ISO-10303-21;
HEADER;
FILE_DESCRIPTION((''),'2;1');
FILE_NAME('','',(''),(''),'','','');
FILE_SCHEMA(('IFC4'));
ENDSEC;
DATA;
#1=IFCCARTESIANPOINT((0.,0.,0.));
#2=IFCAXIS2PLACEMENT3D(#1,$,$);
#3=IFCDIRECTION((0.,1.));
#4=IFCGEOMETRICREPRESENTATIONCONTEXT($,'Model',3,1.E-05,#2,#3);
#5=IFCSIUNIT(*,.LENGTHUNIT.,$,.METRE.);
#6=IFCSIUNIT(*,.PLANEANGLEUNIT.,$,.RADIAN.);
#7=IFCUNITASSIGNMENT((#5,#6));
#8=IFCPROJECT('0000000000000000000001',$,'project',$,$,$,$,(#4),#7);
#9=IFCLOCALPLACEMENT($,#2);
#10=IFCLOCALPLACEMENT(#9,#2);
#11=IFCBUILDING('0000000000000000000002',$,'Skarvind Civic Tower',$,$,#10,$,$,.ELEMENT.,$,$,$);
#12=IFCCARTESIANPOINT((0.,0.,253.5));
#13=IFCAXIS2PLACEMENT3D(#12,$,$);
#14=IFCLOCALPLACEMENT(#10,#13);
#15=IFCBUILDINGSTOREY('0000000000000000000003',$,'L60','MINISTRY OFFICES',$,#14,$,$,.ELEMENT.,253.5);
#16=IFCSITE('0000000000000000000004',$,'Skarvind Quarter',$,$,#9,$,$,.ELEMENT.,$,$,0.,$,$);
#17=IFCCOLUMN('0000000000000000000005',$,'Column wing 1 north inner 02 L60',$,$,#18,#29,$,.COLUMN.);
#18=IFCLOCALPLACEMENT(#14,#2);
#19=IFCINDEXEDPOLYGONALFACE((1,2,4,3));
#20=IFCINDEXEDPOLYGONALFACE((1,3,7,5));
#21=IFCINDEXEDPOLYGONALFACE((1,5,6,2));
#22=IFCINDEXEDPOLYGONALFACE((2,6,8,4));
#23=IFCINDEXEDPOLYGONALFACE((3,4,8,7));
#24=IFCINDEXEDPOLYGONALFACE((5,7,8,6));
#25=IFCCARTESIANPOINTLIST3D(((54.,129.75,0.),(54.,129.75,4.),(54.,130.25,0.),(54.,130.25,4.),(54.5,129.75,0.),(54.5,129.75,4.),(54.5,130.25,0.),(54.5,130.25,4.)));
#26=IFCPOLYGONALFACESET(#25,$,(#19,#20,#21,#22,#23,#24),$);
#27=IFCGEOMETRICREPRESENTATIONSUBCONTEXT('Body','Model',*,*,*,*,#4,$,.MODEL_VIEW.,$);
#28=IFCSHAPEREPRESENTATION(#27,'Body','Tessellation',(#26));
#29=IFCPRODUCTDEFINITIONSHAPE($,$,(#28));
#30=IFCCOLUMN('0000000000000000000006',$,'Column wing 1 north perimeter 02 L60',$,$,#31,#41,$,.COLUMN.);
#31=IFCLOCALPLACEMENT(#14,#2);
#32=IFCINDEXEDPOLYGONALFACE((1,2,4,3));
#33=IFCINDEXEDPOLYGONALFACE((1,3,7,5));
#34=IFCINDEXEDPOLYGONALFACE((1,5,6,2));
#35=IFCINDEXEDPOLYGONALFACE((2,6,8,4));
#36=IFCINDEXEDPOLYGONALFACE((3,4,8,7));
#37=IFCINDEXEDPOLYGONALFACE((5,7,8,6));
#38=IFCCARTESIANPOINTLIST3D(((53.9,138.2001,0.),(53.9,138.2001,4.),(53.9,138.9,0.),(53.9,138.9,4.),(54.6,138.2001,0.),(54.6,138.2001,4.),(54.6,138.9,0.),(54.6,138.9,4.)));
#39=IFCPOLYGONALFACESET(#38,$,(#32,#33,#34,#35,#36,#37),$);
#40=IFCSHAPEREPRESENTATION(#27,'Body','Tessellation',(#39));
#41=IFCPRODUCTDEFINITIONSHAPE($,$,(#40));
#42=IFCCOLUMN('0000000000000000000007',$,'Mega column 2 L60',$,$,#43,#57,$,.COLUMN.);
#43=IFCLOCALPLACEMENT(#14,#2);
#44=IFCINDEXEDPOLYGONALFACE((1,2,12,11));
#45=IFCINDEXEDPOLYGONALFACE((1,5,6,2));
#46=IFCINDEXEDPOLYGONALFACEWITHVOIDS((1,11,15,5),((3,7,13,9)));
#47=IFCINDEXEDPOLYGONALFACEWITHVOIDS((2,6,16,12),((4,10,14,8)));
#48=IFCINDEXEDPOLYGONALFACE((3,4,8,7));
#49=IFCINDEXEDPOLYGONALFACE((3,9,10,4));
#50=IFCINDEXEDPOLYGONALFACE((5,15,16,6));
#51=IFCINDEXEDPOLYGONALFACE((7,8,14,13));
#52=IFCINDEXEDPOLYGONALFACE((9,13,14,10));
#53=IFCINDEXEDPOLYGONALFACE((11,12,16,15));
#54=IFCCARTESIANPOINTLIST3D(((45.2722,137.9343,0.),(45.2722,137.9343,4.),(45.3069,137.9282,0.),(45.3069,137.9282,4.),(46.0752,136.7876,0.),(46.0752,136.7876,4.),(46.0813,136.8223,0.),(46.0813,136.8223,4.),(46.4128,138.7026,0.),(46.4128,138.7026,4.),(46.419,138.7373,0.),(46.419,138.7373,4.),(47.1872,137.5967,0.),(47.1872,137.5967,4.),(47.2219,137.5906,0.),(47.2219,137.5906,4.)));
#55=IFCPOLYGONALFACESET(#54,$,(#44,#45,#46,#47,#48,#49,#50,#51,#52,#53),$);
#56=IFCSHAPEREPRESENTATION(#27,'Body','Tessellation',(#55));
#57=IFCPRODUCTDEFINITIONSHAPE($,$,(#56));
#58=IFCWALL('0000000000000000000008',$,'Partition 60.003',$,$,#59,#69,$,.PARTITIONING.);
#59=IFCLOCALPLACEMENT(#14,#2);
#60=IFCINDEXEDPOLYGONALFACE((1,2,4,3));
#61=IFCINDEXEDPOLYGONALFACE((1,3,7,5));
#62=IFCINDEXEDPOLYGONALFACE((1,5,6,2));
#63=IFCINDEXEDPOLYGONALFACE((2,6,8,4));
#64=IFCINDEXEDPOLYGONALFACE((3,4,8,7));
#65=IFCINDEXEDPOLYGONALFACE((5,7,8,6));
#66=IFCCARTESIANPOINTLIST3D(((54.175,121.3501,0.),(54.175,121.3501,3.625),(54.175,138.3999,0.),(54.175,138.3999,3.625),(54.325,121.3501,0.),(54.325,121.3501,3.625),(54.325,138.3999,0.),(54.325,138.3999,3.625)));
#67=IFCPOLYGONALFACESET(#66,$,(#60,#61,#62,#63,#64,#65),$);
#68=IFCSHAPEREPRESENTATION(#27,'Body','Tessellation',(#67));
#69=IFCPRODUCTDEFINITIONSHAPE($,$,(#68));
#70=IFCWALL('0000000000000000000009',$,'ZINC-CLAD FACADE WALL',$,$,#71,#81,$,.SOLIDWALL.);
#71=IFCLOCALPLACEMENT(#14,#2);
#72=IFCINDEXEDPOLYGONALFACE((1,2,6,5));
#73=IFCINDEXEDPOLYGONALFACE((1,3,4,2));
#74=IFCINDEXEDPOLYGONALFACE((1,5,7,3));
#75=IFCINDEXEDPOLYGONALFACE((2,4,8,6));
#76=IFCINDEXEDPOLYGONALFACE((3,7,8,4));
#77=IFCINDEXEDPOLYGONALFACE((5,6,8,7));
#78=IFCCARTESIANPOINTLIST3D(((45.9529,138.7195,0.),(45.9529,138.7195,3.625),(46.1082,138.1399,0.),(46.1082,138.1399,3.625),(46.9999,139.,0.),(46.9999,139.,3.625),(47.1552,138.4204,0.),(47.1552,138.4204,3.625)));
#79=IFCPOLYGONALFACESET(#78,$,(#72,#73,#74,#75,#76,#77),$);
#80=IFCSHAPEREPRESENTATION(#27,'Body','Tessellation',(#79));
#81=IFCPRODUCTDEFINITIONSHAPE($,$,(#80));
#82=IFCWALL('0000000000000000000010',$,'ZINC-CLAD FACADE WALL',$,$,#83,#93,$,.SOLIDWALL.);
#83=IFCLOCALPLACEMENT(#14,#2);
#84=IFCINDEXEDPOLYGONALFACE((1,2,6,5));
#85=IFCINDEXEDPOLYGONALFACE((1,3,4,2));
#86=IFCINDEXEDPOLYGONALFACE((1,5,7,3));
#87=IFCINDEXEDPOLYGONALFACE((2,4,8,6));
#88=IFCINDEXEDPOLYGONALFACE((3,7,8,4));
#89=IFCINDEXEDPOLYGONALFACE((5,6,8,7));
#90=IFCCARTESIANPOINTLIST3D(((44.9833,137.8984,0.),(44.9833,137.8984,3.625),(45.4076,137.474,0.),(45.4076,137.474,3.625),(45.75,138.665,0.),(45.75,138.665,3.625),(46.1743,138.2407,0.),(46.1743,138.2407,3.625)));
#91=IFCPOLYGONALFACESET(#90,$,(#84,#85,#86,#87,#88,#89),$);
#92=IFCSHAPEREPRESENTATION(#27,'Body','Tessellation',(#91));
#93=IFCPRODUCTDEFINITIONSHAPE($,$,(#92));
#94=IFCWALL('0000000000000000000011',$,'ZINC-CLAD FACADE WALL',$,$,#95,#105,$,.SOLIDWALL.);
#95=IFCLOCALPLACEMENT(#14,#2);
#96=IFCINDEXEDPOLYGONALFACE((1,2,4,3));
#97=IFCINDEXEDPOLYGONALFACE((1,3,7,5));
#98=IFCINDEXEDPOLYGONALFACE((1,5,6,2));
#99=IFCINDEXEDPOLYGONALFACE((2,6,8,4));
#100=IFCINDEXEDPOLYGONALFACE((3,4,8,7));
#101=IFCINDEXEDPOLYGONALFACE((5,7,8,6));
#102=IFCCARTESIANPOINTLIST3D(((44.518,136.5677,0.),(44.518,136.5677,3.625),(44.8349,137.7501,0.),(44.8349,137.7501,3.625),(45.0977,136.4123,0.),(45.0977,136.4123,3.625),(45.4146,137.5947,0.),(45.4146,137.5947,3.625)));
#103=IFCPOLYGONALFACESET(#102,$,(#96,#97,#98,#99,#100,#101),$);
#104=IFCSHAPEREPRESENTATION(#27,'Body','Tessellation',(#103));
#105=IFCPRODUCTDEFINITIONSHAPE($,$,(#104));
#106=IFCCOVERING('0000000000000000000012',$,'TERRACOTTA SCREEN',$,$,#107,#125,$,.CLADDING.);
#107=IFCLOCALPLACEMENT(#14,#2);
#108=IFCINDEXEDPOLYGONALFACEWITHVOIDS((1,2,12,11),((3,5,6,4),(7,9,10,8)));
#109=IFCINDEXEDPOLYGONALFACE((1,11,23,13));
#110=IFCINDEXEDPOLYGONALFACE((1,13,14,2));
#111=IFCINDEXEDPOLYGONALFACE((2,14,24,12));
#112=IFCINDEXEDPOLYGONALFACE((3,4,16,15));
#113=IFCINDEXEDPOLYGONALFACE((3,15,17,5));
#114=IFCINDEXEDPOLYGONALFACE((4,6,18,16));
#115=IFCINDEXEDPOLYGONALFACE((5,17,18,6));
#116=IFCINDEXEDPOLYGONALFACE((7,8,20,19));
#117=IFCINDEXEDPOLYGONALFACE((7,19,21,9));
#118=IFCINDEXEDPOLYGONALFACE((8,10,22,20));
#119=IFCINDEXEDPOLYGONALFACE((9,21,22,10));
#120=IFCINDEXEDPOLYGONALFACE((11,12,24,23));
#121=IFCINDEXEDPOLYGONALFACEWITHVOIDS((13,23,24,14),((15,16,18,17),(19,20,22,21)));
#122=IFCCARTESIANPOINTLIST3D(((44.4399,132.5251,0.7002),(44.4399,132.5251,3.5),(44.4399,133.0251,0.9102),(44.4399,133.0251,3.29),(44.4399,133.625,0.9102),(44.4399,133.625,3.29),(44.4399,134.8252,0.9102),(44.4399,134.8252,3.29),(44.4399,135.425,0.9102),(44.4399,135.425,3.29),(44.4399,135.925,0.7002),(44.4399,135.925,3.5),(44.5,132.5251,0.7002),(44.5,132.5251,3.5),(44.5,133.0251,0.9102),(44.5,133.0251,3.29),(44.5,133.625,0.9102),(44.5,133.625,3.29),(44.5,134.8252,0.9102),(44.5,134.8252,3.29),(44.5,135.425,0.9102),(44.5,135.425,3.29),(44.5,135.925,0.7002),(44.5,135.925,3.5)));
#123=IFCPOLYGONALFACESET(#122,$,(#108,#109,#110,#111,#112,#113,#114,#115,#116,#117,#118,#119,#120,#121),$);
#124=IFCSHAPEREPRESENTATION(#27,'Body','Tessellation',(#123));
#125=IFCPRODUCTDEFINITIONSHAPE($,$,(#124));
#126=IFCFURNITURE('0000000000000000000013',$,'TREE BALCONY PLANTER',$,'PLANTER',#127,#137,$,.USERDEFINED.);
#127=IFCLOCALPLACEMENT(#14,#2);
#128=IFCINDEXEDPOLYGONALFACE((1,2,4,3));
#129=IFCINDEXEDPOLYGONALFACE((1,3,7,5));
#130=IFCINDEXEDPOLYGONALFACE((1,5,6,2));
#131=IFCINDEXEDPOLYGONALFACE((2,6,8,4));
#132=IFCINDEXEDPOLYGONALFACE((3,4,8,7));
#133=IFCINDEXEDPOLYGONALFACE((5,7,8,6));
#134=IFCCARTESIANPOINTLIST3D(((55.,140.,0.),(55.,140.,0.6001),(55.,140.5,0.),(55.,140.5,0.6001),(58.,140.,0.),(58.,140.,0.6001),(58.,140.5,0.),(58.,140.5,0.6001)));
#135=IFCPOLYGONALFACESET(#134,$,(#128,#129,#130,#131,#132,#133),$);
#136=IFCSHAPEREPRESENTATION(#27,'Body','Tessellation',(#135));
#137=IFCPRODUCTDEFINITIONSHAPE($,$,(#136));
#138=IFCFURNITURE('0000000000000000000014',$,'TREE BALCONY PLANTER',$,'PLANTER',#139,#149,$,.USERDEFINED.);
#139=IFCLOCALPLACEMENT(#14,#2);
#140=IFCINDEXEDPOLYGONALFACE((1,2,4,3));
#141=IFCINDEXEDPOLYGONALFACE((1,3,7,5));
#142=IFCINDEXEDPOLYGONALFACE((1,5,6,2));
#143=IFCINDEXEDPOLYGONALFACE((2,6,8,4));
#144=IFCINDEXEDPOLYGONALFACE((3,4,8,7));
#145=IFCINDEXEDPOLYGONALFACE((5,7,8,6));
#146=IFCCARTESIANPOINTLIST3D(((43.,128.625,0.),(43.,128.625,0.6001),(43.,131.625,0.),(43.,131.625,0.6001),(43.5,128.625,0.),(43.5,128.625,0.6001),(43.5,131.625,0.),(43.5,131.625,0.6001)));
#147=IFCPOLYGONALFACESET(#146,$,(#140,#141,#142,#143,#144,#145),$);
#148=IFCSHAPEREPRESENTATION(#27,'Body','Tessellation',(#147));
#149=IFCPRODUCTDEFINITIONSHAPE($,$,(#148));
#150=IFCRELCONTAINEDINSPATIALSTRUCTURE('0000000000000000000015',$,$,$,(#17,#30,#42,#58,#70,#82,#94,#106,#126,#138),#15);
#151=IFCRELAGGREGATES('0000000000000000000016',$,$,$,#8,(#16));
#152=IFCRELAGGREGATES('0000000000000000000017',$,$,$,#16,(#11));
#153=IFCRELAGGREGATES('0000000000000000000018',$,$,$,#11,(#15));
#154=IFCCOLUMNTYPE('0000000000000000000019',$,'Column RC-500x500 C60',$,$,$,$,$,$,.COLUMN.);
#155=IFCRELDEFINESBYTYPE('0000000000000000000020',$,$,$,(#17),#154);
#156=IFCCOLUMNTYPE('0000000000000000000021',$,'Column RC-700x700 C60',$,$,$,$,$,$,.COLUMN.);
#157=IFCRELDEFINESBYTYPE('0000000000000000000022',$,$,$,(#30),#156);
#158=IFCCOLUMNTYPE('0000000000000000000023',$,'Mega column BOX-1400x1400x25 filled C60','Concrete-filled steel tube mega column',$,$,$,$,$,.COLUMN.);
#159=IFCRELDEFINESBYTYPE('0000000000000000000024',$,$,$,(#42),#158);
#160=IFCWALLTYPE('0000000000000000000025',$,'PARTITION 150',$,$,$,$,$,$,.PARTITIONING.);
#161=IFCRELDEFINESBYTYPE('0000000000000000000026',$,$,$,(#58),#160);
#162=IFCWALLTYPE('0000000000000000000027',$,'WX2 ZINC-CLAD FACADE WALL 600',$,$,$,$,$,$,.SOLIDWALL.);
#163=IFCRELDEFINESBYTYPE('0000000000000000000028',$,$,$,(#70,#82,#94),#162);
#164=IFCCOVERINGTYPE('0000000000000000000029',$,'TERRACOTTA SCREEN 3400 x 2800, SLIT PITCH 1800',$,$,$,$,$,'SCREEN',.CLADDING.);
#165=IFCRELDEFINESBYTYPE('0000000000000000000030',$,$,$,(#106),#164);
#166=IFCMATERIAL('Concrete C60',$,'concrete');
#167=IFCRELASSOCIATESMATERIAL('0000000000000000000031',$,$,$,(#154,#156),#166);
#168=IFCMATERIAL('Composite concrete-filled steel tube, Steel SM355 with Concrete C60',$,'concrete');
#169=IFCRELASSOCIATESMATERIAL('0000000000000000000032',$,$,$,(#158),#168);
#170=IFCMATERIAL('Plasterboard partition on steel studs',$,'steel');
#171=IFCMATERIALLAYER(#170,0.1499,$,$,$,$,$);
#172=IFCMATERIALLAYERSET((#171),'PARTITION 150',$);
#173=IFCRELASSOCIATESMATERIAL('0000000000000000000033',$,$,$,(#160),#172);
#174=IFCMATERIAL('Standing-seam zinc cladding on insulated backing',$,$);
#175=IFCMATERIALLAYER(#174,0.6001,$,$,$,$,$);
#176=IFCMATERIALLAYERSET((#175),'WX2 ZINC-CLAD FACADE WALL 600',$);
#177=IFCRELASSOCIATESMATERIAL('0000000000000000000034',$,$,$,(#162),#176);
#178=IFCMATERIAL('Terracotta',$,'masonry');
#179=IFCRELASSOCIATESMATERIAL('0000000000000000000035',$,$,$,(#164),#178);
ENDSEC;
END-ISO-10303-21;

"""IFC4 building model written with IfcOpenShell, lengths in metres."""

from ifc_helpers import new_model, si_unit, direction, frame, frame_2d, origin, origin_2d, place, context, subcontext, project, spatial, polyline, rectangle, hollow_rectangle, outline, extrude, material, layer, layer_set, material_profile, profile_set, type_object, element, save


model = new_model("IFC4")

# Units and contexts
model_context = context("Model", 3, precision=1e-05, world=origin(), true_north=direction((0.0, 1.0)))
body_context = subcontext(model_context, "Body", "Model", "MODEL_VIEW")
ifc_project = project(units=[si_unit("LENGTHUNIT", "METRE"), si_unit("PLANEANGLEUNIT", "RADIAN")], contexts=[model_context])

# Site, building, storey
site_placement = place(None, origin())
site = spatial("IfcSite", under=ifc_project, at=site_placement, Name="Skarvind Quarter", CompositionType="ELEMENT", RefElevation=0.0)
building_placement = place(site_placement, origin())
building = spatial("IfcBuilding", under=site, at=building_placement, Name="Skarvind Civic Tower", CompositionType="ELEMENT")
storey_placement = place(building_placement, frame((0.0, 0.0, 253.5)))
storey = spatial("IfcBuildingStorey", under=building, at=storey_placement, Name="L60", Description="MINISTRY OFFICES", CompositionType="ELEMENT", Elevation=253.5)

# Columns
ifc_material_1 = material(Name="Concrete C60", Category="concrete")
ifc_material_profile_1 = material_profile(ifc_material_1, rectangle(XDim=0.5, YDim=0.5, at=origin_2d()), Name="RC-500x500")
ifc_profile_set_1 = profile_set([ifc_material_profile_1], Name="Concrete C60")
column_type_1 = type_object("IfcColumnType", Name="Column RC-500x500 C60", PredefinedType="COLUMN", material=ifc_profile_set_1)
column_1_placement = place(storey_placement, frame((54.25, 130.0, 0.0), z_axis=(0.0, 0.0, 1.0), x_axis=(1.0, 0.0, 0.0)))
element("IfcColumn", 1, at=column_1_placement, inside=storey, type_object=column_type_1, Name="Column wing 1 north inner 02 L60", PredefinedType="COLUMN", context=body_context, shape_type="SweptSolid", body=[
    extrude(rectangle(XDim=0.5, YDim=0.5, at=origin_2d()), origin(), (0.0, 0.0, 1.0), 4.0),
])
ifc_material_profile_2 = material_profile(ifc_material_1, rectangle(XDim=0.7, YDim=0.7, at=origin_2d()), Name="RC-700x700")
ifc_profile_set_2 = profile_set([ifc_material_profile_2], Name="Concrete C60")
column_type_2 = type_object("IfcColumnType", Name="Column RC-700x700 C60", PredefinedType="COLUMN", material=ifc_profile_set_2)
column_2_placement = place(storey_placement, frame((54.25, 138.55, 0.0), z_axis=(0.0, 0.0, 1.0), x_axis=(1.0, 0.0, 0.0)))
element("IfcColumn", 2, at=column_2_placement, inside=storey, type_object=column_type_2, Name="Column wing 1 north perimeter 02 L60", PredefinedType="COLUMN", context=body_context, shape_type="SweptSolid", body=[
    extrude(rectangle(XDim=0.7, YDim=0.7, at=origin_2d()), origin(), (0.0, 0.0, 1.0), 4.0),
])
ifc_material_2 = material(Name="Composite concrete-filled steel tube, Steel SM355 with Concrete C60", Category="concrete")
ifc_material_profile_3 = material_profile(ifc_material_2, hollow_rectangle(XDim=1.3999, YDim=1.3999, WallThickness=0.0249, at=origin_2d()), Name="BOX-1400x1400x25")
ifc_profile_set_3 = profile_set([ifc_material_profile_3], Name="Composite concrete-filled steel tube, Steel SM355 with Concrete C60")
column_type_3 = type_object("IfcColumnType", Name="Mega column BOX-1400x1400x25 filled C60", Description="Concrete-filled steel tube mega column", PredefinedType="COLUMN", material=ifc_profile_set_3)
column_3_placement = place(storey_placement, frame((46.2471, 137.7625, 0.0), z_axis=(0.0, 0.0, 1.0), x_axis=(0.573576, -0.819152, 0.0)))
element("IfcColumn", 3, at=column_3_placement, inside=storey, type_object=column_type_3, Name="Mega column 2 L60", PredefinedType="COLUMN", context=body_context, shape_type="SweptSolid", body=[
    extrude(hollow_rectangle(XDim=1.3999, YDim=1.3999, WallThickness=0.0249, at=origin_2d()), origin(), (0.0, 0.0, 1.0), 4.0),
])

# Wall
ifc_material_3 = material(Name="Plasterboard partition on steel studs", Category="steel")
ifc_layer_1 = layer(ifc_material_3, 0.1499)
ifc_layer_set_1 = layer_set([ifc_layer_1], Name="PARTITION 150")
wall_type_1 = type_object("IfcWallType", Name="PARTITION 150", PredefinedType="PARTITIONING", material=ifc_layer_set_1)
wall_1_placement = place(storey_placement, frame((54.25, 138.3999, 0.0), z_axis=(0.0, 0.0, 1.0), x_axis=(0.0, -1.0, 0.0)))
element("IfcWall", 4, at=wall_1_placement, inside=storey, type_object=wall_type_1, Name="Partition 60.003", PredefinedType="PARTITIONING", context=body_context, shape_type="SweptSolid", body=[
    extrude(rectangle(XDim=17.0498, YDim=0.1499, at=frame_2d((8.5249, 0.0))), origin(), (0.0, 0.0, 1.0), 3.625),
])

# Shared definitions
ifc_material_4 = material(Name="Standing-seam zinc cladding on insulated backing")
ifc_layer_2 = layer(ifc_material_4, 0.6001)
ifc_layer_set_2 = layer_set([ifc_layer_2], Name="WX2 ZINC-CLAD FACADE WALL 600")
wall_type_2 = type_object("IfcWallType", Name="WX2 ZINC-CLAD FACADE WALL 600", PredefinedType="SOLIDWALL", material=ifc_layer_set_2)

# Walls
wall_2_placement = place(storey_placement, frame((46.0305, 138.4297, 0.0), z_axis=(0.0, 0.0, 1.0), x_axis=(0.965939, 0.25877, 0.0)))
element("IfcWall", 5, at=wall_2_placement, inside=storey, type_object=wall_type_2, Name="ZINC-CLAD FACADE WALL", PredefinedType="SOLIDWALL", context=body_context, shape_type="SweptSolid", body=[
    extrude(rectangle(XDim=1.084, YDim=0.6001, at=frame_2d((0.542, 0.0))), origin(), (0.0, 0.0, 1.0), 3.625),
])
wall_3_placement = place(storey_placement, frame((45.1956, 137.6863, 0.0), z_axis=(0.0, 0.0, 1.0), x_axis=(0.707107, 0.707107, 0.0)))
element("IfcWall", 6, at=wall_3_placement, inside=storey, type_object=wall_type_2, Name="ZINC-CLAD FACADE WALL", PredefinedType="SOLIDWALL", context=body_context, shape_type="SweptSolid", body=[
    extrude(rectangle(XDim=1.0842, YDim=0.6001, at=frame_2d((0.542, 0.0))), origin(), (0.0, 0.0, 1.0), 3.625),
])
wall_4_placement = place(storey_placement, frame((44.8079, 136.49, 0.0), z_axis=(0.0, 0.0, 1.0), x_axis=(0.258879, 0.96591, 0.0)))
element("IfcWall", 7, at=wall_4_placement, inside=storey, type_object=wall_type_2, Name="ZINC-CLAD FACADE WALL", PredefinedType="SOLIDWALL", context=body_context, shape_type="SweptSolid", body=[
    extrude(rectangle(XDim=1.2241, YDim=0.6001, at=frame_2d((0.6121, 0.0))), origin(), (0.0, 0.0, 1.0), 3.625),
])

# Covering
ifc_material_5 = material(Name="Terracotta", Category="masonry")
ifc_material_profile_4 = material_profile(ifc_material_5, outline(polyline([(-1.7, -1.3999), (1.7, -1.3999), (1.7, 1.3999), (-1.7, 1.3999), (-1.7, -1.3999)]), holes=[polyline([(-1.2, -1.1899), (-0.6001, -1.1899), (-0.6001, 1.1899), (-1.2, 1.1899), (-1.2, -1.1899)]), polyline([(0.6001, -1.1899), (1.2, -1.1899), (1.2, 1.1899), (0.6001, 1.1899), (0.6001, -1.1899)])]), Name="TERRACOTTA SCREEN 3400 x 2800, SLIT PITCH 1800")
ifc_profile_set_4 = profile_set([ifc_material_profile_4], Name="Terracotta")
covering_type = type_object("IfcCoveringType", Name="TERRACOTTA SCREEN 3400 x 2800, SLIT PITCH 1800", ElementType="SCREEN", PredefinedType="CLADDING", material=ifc_profile_set_4)
covering_placement = place(storey_placement, frame((44.5, 134.2251, 2.1001), z_axis=(-1.0, 0.0, 0.0), x_axis=(0.0, -1.0, 0.0)))
element("IfcCovering", 8, at=covering_placement, inside=storey, type_object=covering_type, Name="TERRACOTTA SCREEN", PredefinedType="CLADDING", context=body_context, shape_type="SweptSolid", body=[
    extrude(outline(polyline([(-1.7, -1.3999), (1.7, -1.3999), (1.7, 1.3999), (-1.7, 1.3999), (-1.7, -1.3999)]), holes=[polyline([(-1.2, -1.1899), (-0.6001, -1.1899), (-0.6001, 1.1899), (-1.2, 1.1899), (-1.2, -1.1899)]), polyline([(0.6001, -1.1899), (1.2, -1.1899), (1.2, 1.1899), (0.6001, 1.1899), (0.6001, -1.1899)])]), origin(), (0.0, 0.0, 1.0), 0.0601),
])

# Furniture
for number, where, z_axis, x_axis, name in (
    (9, (56.5, 140.25, 0.0), (0.0, 0.0, 1.0), (1.0, 0.0, 0.0), "TREE BALCONY PLANTER"),
    (10, (43.25, 130.125, 0.0), (0.0, 0.0, 1.0), (0.0, 1.0, 0.0), "TREE BALCONY PLANTER"),
):
    element("IfcFurniture", number, at=place(storey_placement, frame(where, z_axis=z_axis, x_axis=x_axis)), inside=storey, Name=name, ObjectType="PLANTER", PredefinedType="USERDEFINED", context=body_context, shape_type="SweptSolid", body=[
        extrude(rectangle(XDim=3.0, YDim=0.5, at=origin_2d()), origin(), (0.0, 0.0, 1.0), 0.6001),
    ])

save(model, "model.ifc")
